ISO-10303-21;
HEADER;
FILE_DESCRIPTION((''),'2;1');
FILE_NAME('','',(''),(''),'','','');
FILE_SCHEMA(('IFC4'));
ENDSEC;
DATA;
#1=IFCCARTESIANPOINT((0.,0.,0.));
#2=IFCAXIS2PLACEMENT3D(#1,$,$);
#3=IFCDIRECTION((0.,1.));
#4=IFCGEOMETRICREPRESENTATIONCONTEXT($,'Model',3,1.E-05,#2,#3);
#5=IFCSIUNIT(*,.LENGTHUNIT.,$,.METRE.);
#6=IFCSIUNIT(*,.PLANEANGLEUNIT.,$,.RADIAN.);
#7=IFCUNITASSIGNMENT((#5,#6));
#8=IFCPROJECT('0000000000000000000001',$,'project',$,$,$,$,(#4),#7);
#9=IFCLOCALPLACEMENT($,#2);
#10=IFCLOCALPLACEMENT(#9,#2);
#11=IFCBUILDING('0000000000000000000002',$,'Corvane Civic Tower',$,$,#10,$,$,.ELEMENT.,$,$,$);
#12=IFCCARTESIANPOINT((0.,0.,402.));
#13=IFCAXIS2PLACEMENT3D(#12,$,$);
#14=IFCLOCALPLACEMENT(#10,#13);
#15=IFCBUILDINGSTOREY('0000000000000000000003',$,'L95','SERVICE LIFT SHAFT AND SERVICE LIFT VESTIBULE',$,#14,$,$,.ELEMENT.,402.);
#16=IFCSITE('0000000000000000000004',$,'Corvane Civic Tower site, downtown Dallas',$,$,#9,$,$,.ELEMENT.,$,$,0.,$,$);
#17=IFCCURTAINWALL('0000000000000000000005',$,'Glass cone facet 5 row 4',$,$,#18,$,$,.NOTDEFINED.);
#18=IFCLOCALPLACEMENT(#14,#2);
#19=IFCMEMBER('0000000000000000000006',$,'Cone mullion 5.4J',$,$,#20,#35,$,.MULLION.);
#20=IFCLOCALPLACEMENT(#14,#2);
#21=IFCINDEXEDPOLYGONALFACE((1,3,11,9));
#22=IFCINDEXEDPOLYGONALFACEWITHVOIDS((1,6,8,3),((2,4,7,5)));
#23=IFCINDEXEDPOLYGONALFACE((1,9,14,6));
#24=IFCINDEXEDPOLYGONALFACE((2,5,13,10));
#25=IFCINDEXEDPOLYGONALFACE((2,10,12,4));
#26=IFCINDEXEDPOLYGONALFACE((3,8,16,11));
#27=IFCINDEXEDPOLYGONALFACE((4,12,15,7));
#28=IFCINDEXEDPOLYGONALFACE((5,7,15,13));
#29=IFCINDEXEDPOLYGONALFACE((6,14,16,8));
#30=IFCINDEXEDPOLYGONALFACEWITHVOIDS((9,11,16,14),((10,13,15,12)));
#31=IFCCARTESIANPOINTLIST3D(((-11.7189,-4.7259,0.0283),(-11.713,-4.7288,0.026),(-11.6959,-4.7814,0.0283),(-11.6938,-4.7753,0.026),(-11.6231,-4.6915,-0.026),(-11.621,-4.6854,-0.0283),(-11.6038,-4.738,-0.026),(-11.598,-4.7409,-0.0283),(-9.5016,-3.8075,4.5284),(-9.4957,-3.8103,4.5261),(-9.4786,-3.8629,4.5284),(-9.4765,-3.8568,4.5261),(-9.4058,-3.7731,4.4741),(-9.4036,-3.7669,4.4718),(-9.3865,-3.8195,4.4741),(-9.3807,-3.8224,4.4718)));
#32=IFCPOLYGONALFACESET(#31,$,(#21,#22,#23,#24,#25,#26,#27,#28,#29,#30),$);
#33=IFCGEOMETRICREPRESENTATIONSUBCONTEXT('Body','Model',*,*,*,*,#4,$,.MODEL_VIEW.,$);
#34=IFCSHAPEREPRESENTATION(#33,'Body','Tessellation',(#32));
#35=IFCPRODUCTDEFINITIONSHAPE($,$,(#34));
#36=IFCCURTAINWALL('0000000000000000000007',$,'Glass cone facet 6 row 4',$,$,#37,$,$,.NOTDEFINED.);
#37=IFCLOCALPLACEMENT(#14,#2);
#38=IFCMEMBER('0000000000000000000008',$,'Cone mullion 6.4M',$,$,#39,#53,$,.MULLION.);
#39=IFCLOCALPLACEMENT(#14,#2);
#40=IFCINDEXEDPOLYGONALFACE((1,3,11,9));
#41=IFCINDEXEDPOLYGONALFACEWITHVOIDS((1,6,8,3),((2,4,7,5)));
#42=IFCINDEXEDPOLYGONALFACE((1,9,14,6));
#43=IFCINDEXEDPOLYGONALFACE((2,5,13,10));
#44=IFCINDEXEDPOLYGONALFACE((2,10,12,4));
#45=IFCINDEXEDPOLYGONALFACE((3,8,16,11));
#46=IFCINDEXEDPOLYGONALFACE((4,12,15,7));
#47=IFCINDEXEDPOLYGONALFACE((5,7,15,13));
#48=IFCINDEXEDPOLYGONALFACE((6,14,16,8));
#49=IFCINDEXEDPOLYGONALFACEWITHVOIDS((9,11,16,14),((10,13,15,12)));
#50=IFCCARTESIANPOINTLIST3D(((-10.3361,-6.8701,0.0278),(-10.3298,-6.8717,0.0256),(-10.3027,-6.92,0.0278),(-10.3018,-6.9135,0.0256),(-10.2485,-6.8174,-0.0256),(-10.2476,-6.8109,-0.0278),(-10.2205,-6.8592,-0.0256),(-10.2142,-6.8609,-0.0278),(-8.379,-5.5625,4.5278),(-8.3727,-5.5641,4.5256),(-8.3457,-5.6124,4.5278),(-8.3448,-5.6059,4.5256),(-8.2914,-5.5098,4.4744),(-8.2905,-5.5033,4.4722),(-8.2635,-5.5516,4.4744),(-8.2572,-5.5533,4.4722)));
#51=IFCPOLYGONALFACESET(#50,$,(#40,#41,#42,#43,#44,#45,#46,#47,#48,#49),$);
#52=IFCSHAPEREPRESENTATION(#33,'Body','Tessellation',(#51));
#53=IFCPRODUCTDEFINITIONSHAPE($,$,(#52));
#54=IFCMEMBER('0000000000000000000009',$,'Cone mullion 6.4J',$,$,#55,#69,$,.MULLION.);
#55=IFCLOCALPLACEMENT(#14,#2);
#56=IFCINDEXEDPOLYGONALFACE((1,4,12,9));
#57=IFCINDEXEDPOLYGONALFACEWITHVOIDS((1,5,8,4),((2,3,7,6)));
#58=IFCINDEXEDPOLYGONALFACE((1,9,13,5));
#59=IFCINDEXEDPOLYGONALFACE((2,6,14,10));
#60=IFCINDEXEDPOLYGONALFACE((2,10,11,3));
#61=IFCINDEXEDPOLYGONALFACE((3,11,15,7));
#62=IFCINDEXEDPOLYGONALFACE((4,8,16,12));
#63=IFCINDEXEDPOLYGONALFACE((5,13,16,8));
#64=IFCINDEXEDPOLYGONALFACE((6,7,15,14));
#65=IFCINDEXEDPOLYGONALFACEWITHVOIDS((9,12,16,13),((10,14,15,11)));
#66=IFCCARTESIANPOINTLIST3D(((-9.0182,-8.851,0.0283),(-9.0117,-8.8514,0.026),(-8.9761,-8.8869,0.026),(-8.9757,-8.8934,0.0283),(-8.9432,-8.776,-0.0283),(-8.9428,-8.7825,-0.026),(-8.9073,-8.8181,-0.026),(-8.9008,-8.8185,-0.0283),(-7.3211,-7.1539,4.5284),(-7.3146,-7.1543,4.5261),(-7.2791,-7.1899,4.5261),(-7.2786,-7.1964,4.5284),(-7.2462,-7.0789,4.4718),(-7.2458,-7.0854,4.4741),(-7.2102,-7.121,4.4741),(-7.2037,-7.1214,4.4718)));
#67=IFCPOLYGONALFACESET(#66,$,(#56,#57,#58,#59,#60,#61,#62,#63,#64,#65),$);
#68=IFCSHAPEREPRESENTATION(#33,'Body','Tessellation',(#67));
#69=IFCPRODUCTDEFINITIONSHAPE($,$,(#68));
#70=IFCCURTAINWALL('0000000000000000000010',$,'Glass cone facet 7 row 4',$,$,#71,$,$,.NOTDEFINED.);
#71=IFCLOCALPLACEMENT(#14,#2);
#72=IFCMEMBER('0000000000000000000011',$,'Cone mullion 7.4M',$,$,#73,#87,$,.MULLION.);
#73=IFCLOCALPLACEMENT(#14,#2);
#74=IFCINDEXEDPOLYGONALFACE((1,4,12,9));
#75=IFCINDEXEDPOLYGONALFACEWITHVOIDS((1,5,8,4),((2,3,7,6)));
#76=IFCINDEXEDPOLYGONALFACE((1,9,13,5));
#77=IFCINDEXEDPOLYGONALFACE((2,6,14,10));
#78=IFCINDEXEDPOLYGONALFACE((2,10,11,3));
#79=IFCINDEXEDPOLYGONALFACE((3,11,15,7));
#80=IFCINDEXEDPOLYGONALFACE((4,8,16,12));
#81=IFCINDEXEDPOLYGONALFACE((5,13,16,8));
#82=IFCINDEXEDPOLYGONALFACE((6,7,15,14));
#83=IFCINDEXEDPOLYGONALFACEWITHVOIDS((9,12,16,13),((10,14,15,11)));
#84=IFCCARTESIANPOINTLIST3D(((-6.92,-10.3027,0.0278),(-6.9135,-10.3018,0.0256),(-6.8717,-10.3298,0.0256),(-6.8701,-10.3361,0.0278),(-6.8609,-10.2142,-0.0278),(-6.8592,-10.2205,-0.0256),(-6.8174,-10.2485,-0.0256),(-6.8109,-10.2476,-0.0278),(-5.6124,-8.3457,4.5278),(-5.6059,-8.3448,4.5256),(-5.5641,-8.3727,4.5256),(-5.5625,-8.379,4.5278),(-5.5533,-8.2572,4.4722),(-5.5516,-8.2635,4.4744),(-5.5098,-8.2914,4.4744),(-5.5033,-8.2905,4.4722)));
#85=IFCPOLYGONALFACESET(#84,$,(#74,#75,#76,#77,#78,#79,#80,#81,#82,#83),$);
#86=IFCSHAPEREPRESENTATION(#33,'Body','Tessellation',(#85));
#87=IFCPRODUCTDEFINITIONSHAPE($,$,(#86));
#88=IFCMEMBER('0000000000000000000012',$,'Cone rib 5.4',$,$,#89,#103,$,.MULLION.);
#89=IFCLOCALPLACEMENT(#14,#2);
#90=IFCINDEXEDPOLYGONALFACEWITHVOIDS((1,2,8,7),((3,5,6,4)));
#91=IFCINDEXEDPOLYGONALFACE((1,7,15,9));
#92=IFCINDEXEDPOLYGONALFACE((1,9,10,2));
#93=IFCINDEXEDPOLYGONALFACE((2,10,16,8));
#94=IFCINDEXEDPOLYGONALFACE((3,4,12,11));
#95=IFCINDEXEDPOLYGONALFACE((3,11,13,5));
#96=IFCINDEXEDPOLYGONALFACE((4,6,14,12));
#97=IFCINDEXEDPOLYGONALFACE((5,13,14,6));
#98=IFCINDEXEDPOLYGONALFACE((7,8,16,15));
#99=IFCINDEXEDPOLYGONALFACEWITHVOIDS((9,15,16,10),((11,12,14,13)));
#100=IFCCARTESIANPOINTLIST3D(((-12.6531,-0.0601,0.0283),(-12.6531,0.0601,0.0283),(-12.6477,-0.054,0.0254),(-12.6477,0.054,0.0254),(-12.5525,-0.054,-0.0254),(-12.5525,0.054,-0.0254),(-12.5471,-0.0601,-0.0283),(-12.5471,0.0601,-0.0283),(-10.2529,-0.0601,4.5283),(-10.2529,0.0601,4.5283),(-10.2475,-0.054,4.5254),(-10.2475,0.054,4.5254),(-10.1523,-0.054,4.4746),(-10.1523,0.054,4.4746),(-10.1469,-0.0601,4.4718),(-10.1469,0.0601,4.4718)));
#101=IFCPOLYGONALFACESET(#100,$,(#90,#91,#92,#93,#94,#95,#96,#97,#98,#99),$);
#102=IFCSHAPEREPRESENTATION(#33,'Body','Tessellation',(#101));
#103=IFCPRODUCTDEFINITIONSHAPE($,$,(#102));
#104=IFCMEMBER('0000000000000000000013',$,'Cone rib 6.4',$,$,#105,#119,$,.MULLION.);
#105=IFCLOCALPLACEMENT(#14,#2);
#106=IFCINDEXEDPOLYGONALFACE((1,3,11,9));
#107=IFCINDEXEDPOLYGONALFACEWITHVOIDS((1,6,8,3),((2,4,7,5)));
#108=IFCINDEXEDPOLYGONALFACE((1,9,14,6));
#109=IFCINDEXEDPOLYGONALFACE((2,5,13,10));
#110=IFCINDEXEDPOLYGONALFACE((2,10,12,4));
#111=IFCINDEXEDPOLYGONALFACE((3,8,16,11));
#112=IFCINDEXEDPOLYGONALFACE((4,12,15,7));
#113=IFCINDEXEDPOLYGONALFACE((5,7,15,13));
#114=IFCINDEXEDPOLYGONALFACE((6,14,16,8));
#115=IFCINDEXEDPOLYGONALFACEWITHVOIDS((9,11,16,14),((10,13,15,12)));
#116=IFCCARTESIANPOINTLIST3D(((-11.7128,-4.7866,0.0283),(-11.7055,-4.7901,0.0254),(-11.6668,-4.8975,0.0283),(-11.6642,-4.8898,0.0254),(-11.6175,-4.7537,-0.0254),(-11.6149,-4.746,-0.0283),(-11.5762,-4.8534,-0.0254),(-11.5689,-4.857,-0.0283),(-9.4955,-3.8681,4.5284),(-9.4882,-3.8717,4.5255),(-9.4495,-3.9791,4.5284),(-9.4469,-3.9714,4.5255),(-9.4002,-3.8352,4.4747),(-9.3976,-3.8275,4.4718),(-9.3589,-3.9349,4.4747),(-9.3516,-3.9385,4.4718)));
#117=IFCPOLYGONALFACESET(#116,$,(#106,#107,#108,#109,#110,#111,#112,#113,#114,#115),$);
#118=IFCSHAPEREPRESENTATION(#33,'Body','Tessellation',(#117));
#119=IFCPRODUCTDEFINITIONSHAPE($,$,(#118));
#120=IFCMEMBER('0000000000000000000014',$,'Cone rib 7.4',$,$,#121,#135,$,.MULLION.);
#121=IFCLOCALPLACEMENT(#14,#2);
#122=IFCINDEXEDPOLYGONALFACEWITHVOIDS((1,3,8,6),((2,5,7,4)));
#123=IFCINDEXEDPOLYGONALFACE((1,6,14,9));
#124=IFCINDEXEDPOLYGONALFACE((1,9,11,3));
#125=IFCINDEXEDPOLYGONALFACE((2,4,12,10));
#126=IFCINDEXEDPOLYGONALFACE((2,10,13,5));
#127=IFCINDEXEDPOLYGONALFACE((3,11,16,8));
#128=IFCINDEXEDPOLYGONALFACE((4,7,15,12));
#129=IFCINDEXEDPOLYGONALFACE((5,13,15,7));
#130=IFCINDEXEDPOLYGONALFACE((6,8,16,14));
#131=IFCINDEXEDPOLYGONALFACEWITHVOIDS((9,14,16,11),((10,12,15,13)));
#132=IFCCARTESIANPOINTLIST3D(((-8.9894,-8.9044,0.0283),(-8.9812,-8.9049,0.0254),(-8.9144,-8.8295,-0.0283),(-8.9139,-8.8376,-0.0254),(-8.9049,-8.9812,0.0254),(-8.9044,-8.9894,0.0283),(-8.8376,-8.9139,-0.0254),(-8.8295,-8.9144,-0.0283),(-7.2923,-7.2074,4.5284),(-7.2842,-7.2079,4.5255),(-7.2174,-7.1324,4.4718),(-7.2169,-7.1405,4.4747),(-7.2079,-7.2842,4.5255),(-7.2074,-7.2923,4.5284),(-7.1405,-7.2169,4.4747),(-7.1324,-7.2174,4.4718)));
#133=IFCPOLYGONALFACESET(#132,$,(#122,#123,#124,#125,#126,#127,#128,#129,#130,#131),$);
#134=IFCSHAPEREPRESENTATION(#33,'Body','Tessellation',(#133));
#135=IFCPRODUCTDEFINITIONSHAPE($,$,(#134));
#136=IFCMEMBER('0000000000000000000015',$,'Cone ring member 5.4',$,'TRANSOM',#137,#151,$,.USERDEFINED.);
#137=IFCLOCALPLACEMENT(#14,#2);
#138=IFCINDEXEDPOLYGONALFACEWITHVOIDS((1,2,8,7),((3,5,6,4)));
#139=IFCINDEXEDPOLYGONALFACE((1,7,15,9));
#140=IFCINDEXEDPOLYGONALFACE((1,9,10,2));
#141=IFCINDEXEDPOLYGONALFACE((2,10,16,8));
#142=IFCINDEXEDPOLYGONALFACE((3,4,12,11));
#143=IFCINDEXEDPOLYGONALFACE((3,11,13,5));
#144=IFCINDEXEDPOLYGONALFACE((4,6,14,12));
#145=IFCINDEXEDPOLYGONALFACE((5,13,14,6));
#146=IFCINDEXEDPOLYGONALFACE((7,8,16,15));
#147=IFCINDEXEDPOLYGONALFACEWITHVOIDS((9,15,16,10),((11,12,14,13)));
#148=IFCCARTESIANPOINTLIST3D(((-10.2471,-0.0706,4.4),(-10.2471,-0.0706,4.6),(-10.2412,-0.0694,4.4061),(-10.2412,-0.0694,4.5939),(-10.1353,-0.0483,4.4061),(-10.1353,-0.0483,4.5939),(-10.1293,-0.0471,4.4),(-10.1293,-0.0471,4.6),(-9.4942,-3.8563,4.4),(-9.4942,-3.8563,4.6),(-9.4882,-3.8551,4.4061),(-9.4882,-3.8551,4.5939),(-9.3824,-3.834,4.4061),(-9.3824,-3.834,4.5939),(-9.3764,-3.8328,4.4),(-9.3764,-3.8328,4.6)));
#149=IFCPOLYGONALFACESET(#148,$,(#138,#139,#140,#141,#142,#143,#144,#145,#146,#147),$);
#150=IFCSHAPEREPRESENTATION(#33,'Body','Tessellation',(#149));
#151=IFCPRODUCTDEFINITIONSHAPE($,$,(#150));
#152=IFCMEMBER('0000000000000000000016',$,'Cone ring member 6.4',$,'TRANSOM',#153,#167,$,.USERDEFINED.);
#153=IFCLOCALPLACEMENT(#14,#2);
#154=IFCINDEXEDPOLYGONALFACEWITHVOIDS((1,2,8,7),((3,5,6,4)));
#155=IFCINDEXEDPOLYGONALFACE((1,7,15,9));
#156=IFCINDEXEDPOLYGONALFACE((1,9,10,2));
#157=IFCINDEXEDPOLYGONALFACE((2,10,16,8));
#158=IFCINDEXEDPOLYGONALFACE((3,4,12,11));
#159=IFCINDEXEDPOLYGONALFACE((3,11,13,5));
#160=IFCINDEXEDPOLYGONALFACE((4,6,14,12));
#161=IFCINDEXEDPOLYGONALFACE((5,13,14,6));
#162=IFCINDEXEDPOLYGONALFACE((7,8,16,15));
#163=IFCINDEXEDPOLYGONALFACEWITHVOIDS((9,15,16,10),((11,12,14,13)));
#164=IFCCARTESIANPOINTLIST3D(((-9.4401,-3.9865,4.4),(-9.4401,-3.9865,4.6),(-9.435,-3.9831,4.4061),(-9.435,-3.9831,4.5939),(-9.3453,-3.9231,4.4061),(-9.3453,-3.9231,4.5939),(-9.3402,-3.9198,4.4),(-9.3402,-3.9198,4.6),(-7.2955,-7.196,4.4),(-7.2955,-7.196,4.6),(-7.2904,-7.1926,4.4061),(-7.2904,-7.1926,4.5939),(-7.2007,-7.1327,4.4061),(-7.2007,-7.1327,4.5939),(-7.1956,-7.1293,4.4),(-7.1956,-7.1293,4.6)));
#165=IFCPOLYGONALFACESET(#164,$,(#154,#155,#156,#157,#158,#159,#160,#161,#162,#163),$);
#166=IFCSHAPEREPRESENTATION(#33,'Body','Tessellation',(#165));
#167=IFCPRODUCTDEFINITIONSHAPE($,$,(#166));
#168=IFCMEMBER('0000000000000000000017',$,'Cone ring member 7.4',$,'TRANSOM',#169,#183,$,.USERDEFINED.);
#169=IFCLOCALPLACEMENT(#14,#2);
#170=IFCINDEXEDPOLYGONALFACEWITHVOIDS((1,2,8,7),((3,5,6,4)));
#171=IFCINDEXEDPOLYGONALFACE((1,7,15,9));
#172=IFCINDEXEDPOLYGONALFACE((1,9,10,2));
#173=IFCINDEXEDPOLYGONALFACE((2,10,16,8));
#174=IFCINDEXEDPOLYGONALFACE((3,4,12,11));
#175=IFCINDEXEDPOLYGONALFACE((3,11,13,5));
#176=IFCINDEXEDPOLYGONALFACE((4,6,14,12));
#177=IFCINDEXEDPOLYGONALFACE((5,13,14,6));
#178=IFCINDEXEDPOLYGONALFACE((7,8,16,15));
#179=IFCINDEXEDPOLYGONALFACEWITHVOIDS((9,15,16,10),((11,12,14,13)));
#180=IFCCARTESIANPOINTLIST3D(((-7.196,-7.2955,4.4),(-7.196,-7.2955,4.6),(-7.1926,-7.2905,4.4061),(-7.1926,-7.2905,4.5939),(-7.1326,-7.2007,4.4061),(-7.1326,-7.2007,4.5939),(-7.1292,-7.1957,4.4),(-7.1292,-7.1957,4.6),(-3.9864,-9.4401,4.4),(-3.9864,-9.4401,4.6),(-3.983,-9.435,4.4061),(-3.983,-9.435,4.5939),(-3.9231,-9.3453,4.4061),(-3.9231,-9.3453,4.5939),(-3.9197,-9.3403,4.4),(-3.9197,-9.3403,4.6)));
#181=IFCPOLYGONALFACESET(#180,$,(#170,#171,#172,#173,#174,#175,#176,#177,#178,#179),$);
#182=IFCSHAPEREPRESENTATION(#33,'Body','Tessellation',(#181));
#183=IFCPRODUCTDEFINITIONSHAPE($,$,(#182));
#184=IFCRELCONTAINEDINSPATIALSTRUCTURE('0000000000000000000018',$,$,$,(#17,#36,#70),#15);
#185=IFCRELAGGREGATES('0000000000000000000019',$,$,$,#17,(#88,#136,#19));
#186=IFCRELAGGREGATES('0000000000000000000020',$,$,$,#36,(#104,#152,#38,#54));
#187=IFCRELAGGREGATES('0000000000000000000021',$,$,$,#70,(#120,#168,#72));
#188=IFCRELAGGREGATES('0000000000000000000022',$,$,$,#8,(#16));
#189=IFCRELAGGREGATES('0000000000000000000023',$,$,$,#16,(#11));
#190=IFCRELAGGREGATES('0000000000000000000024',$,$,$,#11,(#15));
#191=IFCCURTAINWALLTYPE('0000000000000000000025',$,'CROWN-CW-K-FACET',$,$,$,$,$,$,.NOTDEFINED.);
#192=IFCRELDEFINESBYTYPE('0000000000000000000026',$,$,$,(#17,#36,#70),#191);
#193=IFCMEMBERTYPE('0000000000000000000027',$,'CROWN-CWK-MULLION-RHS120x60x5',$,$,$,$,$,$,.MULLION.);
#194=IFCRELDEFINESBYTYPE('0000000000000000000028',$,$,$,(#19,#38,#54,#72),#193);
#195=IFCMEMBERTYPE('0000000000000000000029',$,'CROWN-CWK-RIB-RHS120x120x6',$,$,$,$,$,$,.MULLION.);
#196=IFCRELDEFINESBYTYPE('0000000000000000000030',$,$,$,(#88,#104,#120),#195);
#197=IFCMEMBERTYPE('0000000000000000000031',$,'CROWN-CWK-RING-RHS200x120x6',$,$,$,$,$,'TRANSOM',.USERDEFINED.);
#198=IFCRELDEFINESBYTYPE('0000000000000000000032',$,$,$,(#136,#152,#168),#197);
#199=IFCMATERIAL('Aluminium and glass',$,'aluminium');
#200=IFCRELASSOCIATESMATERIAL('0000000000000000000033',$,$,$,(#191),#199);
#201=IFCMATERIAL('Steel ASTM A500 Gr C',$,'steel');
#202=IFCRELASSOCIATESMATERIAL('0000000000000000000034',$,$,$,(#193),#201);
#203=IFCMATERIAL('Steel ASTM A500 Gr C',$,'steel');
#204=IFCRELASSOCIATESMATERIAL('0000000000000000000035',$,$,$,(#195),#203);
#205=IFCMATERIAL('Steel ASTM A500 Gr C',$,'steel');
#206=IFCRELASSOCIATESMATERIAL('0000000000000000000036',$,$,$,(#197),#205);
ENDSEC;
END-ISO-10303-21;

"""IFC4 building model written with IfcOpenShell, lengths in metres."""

from ifc_helpers import new_model, si_unit, direction, frame, origin, origin_2d, place, context, subcontext, project, spatial, hollow_rectangle, extrude, material, material_profile, profile_set, type_object, element, aggregate, save


model = new_model("IFC4")

# Units and contexts
model_context = context("Model", 3, precision=1e-05, world=origin(), true_north=direction((0.0, 1.0)))
body_context = subcontext(model_context, "Body", "Model", "MODEL_VIEW")
ifc_project = project(units=[si_unit("LENGTHUNIT", "METRE"), si_unit("PLANEANGLEUNIT", "RADIAN")], contexts=[model_context])

# Site, building, storey
site_placement = place(None, origin())
site = spatial("IfcSite", under=ifc_project, at=site_placement, Name="Corvane Civic Tower site, downtown Dallas", CompositionType="ELEMENT", RefElevation=0.0)
building_placement = place(site_placement, origin())
building = spatial("IfcBuilding", under=site, at=building_placement, Name="Corvane Civic Tower", CompositionType="ELEMENT")
storey_placement = place(building_placement, frame((0.0, 0.0, 402.0)))
storey = spatial("IfcBuildingStorey", under=building, at=storey_placement, Name="L95", Description="SERVICE LIFT SHAFT AND SERVICE LIFT VESTIBULE", CompositionType="ELEMENT", Elevation=402.0)

# Curtain walls, members
ifc_material_1 = material(Name="Aluminium and glass", Category="aluminium")
curtain_wall_type = type_object("IfcCurtainWallType", Name="CROWN-CW-K-FACET", PredefinedType="NOTDEFINED", material=ifc_material_1)
curtain_wall_1_placement = place(storey_placement, origin())
curtain_wall_1 = element("IfcCurtainWall", 1, at=curtain_wall_1_placement, inside=storey, type_object=curtain_wall_type, Name="Glass cone facet 5 row 4", PredefinedType="NOTDEFINED")
ifc_material_2 = material(Name="Steel ASTM A500 Gr C", Category="steel")
ifc_material_profile_1 = material_profile(ifc_material_2, hollow_rectangle(XDim=0.0601, YDim=0.1201, WallThickness=0.0049, at=origin_2d()), Name="RHS 120x60x5")
ifc_profile_set_1 = profile_set([ifc_material_profile_1], Name="Steel ASTM A500 Gr C")
member_type_1 = type_object("IfcMemberType", Name="CROWN-CWK-MULLION-RHS120x60x5", PredefinedType="MULLION", material=ifc_profile_set_1)
member_1_placement = place(storey_placement, frame((-11.6584, -4.7334, 0.0), z_axis=(0.434762, 0.18009, 0.882354), x_axis=(-0.382693, 0.923875, 0.0)))
member_1 = element("IfcMember", 2, at=member_1_placement, type_object=member_type_1, Name="Cone mullion 5.4J", PredefinedType="MULLION", context=body_context, shape_type="SweptSolid", body=[
    extrude(hollow_rectangle(XDim=0.0601, YDim=0.1201, WallThickness=0.0049, at=origin_2d()), origin(), (0.0, 0.0, 1.0), 5.1001),
])
curtain_wall_2_placement = place(storey_placement, origin())
curtain_wall_2 = element("IfcCurtainWall", 3, at=curtain_wall_2_placement, inside=storey, type_object=curtain_wall_type, Name="Glass cone facet 6 row 4", PredefinedType="NOTDEFINED")
member_2_placement = place(storey_placement, frame((-10.2751, -6.8655, 0.0), z_axis=(0.385366, 0.257488, 0.886111), x_axis=(-0.555562, 0.831475, 0.0)))
member_2 = element("IfcMember", 4, at=member_2_placement, type_object=member_type_1, Name="Cone mullion 6.4M", PredefinedType="MULLION", context=body_context, shape_type="SweptSolid", body=[
    extrude(hollow_rectangle(XDim=0.0601, YDim=0.1201, WallThickness=0.0049, at=origin_2d()), origin(), (0.0, 0.0, 1.0), 5.0784),
])
member_3_placement = place(storey_placement, frame((-8.9595, -8.8347, 0.0), z_axis=(0.332751, 0.332751, 0.882357), x_axis=(-0.707107, 0.707107, 0.0)))
member_3 = element("IfcMember", 5, at=member_3_placement, type_object=member_type_1, Name="Cone mullion 6.4J", PredefinedType="MULLION", context=body_context, shape_type="SweptSolid", body=[
    extrude(hollow_rectangle(XDim=0.0601, YDim=0.1201, WallThickness=0.0049, at=origin_2d()), origin(), (0.0, 0.0, 1.0), 5.1001),
])

# Curtain wall, member
curtain_wall_3_placement = place(storey_placement, origin())
curtain_wall_3 = element("IfcCurtainWall", 6, at=curtain_wall_3_placement, inside=storey, type_object=curtain_wall_type, Name="Glass cone facet 7 row 4", PredefinedType="NOTDEFINED")
member_4_placement = place(storey_placement, frame((-6.8655, -10.2751, 0.0), z_axis=(0.257488, 0.385366, 0.886111), x_axis=(-0.831475, 0.555562, 0.0)))
member_4 = element("IfcMember", 7, at=member_4_placement, type_object=member_type_1, Name="Cone mullion 7.4M", PredefinedType="MULLION", context=body_context, shape_type="SweptSolid", body=[
    extrude(hollow_rectangle(XDim=0.0601, YDim=0.1201, WallThickness=0.0049, at=origin_2d()), origin(), (0.0, 0.0, 1.0), 5.0784),
])

# Members
ifc_material_3 = material(Name="Steel ASTM A500 Gr C", Category="steel")
ifc_material_profile_2 = material_profile(ifc_material_3, hollow_rectangle(XDim=0.1201, YDim=0.1201, WallThickness=0.0061, at=origin_2d()), Name="RHS 120x120x6")
ifc_profile_set_2 = profile_set([ifc_material_profile_2], Name="Steel ASTM A500 Gr C")
member_type_2 = type_object("IfcMemberType", Name="CROWN-CWK-RIB-RHS120x120x6", PredefinedType="MULLION", material=ifc_profile_set_2)
member_5_placement = place(storey_placement, frame((-12.6001, 0.0, 0.0), z_axis=(0.470611, 0.0, 0.882341), x_axis=(0.0, 1.0, 0.0)))
member_5 = element("IfcMember", 8, at=member_5_placement, type_object=member_type_2, Name="Cone rib 5.4", PredefinedType="MULLION", context=body_context, shape_type="SweptSolid", body=[
    extrude(hollow_rectangle(XDim=0.1201, YDim=0.1201, WallThickness=0.0061, at=origin_2d()), origin(), (0.0, 0.0, 1.0), 5.1001),
])
member_6_placement = place(storey_placement, frame((-11.6409, -4.8218, 0.0), z_axis=(0.434762, 0.18009, 0.882354), x_axis=(-0.382693, 0.923875, 0.0)))
member_6 = element("IfcMember", 9, at=member_6_placement, type_object=member_type_2, Name="Cone rib 6.4", PredefinedType="MULLION", context=body_context, shape_type="SweptSolid", body=[
    extrude(hollow_rectangle(XDim=0.1201, YDim=0.1201, WallThickness=0.0061, at=origin_2d()), origin(), (0.0, 0.0, 1.0), 5.1001),
])
member_7_placement = place(storey_placement, frame((-8.9094, -8.9094, 0.0), z_axis=(0.332751, 0.332751, 0.882357), x_axis=(-0.707107, 0.707107, 0.0)))
member_7 = element("IfcMember", 10, at=member_7_placement, type_object=member_type_2, Name="Cone rib 7.4", PredefinedType="MULLION", context=body_context, shape_type="SweptSolid", body=[
    extrude(hollow_rectangle(XDim=0.1201, YDim=0.1201, WallThickness=0.0061, at=origin_2d()), origin(), (0.0, 0.0, 1.0), 5.1001),
])
ifc_material_4 = material(Name="Steel ASTM A500 Gr C", Category="steel")
ifc_material_profile_3 = material_profile(ifc_material_4, hollow_rectangle(XDim=0.1201, YDim=0.2, WallThickness=0.0061, at=origin_2d()), Name="RHS 200x120x6")
ifc_profile_set_3 = profile_set([ifc_material_profile_3], Name="Steel ASTM A500 Gr C")
member_type_3 = type_object("IfcMemberType", Name="CROWN-CWK-RING-RHS200x120x6", ElementType="TRANSOM", PredefinedType="USERDEFINED", material=ifc_profile_set_3)
member_8_placement = place(storey_placement, frame((-10.1882, -0.0588, 4.5), z_axis=(0.19507, -0.980789, 0.0), x_axis=(0.980789, 0.19507, 0.0)))
member_8 = element("IfcMember", 11, at=member_8_placement, type_object=member_type_3, Name="Cone ring member 5.4", ObjectType="TRANSOM", PredefinedType="USERDEFINED", context=body_context, shape_type="SweptSolid", body=[
    extrude(hollow_rectangle(XDim=0.1201, YDim=0.2, WallThickness=0.0061, at=origin_2d()), origin(), (0.0, 0.0, 1.0), 3.8599),
])
member_9_placement = place(storey_placement, frame((-9.3901, -3.9531, 4.5), z_axis=(0.555576, -0.831466, 0.0), x_axis=(0.831466, 0.555576, 0.0)))
member_9 = element("IfcMember", 12, at=member_9_placement, type_object=member_type_3, Name="Cone ring member 6.4", ObjectType="TRANSOM", PredefinedType="USERDEFINED", context=body_context, shape_type="SweptSolid", body=[
    extrude(hollow_rectangle(XDim=0.1201, YDim=0.2, WallThickness=0.0061, at=origin_2d()), origin(), (0.0, 0.0, 1.0), 3.8601),
])
member_10_placement = place(storey_placement, frame((-7.1626, -7.2456, 4.5), z_axis=(0.831466, -0.555576, 0.0), x_axis=(0.555576, 0.831466, 0.0)))
member_10 = element("IfcMember", 13, at=member_10_placement, type_object=member_type_3, Name="Cone ring member 7.4", ObjectType="TRANSOM", PredefinedType="USERDEFINED", context=body_context, shape_type="SweptSolid", body=[
    extrude(hollow_rectangle(XDim=0.1201, YDim=0.2, WallThickness=0.0061, at=origin_2d()), origin(), (0.0, 0.0, 1.0), 3.8601),
])

aggregate(curtain_wall_1, [member_5, member_8, member_1])
aggregate(curtain_wall_2, [member_6, member_9, member_2, member_3])
aggregate(curtain_wall_3, [member_7, member_10, member_4])

save(model, "model.ifc")
